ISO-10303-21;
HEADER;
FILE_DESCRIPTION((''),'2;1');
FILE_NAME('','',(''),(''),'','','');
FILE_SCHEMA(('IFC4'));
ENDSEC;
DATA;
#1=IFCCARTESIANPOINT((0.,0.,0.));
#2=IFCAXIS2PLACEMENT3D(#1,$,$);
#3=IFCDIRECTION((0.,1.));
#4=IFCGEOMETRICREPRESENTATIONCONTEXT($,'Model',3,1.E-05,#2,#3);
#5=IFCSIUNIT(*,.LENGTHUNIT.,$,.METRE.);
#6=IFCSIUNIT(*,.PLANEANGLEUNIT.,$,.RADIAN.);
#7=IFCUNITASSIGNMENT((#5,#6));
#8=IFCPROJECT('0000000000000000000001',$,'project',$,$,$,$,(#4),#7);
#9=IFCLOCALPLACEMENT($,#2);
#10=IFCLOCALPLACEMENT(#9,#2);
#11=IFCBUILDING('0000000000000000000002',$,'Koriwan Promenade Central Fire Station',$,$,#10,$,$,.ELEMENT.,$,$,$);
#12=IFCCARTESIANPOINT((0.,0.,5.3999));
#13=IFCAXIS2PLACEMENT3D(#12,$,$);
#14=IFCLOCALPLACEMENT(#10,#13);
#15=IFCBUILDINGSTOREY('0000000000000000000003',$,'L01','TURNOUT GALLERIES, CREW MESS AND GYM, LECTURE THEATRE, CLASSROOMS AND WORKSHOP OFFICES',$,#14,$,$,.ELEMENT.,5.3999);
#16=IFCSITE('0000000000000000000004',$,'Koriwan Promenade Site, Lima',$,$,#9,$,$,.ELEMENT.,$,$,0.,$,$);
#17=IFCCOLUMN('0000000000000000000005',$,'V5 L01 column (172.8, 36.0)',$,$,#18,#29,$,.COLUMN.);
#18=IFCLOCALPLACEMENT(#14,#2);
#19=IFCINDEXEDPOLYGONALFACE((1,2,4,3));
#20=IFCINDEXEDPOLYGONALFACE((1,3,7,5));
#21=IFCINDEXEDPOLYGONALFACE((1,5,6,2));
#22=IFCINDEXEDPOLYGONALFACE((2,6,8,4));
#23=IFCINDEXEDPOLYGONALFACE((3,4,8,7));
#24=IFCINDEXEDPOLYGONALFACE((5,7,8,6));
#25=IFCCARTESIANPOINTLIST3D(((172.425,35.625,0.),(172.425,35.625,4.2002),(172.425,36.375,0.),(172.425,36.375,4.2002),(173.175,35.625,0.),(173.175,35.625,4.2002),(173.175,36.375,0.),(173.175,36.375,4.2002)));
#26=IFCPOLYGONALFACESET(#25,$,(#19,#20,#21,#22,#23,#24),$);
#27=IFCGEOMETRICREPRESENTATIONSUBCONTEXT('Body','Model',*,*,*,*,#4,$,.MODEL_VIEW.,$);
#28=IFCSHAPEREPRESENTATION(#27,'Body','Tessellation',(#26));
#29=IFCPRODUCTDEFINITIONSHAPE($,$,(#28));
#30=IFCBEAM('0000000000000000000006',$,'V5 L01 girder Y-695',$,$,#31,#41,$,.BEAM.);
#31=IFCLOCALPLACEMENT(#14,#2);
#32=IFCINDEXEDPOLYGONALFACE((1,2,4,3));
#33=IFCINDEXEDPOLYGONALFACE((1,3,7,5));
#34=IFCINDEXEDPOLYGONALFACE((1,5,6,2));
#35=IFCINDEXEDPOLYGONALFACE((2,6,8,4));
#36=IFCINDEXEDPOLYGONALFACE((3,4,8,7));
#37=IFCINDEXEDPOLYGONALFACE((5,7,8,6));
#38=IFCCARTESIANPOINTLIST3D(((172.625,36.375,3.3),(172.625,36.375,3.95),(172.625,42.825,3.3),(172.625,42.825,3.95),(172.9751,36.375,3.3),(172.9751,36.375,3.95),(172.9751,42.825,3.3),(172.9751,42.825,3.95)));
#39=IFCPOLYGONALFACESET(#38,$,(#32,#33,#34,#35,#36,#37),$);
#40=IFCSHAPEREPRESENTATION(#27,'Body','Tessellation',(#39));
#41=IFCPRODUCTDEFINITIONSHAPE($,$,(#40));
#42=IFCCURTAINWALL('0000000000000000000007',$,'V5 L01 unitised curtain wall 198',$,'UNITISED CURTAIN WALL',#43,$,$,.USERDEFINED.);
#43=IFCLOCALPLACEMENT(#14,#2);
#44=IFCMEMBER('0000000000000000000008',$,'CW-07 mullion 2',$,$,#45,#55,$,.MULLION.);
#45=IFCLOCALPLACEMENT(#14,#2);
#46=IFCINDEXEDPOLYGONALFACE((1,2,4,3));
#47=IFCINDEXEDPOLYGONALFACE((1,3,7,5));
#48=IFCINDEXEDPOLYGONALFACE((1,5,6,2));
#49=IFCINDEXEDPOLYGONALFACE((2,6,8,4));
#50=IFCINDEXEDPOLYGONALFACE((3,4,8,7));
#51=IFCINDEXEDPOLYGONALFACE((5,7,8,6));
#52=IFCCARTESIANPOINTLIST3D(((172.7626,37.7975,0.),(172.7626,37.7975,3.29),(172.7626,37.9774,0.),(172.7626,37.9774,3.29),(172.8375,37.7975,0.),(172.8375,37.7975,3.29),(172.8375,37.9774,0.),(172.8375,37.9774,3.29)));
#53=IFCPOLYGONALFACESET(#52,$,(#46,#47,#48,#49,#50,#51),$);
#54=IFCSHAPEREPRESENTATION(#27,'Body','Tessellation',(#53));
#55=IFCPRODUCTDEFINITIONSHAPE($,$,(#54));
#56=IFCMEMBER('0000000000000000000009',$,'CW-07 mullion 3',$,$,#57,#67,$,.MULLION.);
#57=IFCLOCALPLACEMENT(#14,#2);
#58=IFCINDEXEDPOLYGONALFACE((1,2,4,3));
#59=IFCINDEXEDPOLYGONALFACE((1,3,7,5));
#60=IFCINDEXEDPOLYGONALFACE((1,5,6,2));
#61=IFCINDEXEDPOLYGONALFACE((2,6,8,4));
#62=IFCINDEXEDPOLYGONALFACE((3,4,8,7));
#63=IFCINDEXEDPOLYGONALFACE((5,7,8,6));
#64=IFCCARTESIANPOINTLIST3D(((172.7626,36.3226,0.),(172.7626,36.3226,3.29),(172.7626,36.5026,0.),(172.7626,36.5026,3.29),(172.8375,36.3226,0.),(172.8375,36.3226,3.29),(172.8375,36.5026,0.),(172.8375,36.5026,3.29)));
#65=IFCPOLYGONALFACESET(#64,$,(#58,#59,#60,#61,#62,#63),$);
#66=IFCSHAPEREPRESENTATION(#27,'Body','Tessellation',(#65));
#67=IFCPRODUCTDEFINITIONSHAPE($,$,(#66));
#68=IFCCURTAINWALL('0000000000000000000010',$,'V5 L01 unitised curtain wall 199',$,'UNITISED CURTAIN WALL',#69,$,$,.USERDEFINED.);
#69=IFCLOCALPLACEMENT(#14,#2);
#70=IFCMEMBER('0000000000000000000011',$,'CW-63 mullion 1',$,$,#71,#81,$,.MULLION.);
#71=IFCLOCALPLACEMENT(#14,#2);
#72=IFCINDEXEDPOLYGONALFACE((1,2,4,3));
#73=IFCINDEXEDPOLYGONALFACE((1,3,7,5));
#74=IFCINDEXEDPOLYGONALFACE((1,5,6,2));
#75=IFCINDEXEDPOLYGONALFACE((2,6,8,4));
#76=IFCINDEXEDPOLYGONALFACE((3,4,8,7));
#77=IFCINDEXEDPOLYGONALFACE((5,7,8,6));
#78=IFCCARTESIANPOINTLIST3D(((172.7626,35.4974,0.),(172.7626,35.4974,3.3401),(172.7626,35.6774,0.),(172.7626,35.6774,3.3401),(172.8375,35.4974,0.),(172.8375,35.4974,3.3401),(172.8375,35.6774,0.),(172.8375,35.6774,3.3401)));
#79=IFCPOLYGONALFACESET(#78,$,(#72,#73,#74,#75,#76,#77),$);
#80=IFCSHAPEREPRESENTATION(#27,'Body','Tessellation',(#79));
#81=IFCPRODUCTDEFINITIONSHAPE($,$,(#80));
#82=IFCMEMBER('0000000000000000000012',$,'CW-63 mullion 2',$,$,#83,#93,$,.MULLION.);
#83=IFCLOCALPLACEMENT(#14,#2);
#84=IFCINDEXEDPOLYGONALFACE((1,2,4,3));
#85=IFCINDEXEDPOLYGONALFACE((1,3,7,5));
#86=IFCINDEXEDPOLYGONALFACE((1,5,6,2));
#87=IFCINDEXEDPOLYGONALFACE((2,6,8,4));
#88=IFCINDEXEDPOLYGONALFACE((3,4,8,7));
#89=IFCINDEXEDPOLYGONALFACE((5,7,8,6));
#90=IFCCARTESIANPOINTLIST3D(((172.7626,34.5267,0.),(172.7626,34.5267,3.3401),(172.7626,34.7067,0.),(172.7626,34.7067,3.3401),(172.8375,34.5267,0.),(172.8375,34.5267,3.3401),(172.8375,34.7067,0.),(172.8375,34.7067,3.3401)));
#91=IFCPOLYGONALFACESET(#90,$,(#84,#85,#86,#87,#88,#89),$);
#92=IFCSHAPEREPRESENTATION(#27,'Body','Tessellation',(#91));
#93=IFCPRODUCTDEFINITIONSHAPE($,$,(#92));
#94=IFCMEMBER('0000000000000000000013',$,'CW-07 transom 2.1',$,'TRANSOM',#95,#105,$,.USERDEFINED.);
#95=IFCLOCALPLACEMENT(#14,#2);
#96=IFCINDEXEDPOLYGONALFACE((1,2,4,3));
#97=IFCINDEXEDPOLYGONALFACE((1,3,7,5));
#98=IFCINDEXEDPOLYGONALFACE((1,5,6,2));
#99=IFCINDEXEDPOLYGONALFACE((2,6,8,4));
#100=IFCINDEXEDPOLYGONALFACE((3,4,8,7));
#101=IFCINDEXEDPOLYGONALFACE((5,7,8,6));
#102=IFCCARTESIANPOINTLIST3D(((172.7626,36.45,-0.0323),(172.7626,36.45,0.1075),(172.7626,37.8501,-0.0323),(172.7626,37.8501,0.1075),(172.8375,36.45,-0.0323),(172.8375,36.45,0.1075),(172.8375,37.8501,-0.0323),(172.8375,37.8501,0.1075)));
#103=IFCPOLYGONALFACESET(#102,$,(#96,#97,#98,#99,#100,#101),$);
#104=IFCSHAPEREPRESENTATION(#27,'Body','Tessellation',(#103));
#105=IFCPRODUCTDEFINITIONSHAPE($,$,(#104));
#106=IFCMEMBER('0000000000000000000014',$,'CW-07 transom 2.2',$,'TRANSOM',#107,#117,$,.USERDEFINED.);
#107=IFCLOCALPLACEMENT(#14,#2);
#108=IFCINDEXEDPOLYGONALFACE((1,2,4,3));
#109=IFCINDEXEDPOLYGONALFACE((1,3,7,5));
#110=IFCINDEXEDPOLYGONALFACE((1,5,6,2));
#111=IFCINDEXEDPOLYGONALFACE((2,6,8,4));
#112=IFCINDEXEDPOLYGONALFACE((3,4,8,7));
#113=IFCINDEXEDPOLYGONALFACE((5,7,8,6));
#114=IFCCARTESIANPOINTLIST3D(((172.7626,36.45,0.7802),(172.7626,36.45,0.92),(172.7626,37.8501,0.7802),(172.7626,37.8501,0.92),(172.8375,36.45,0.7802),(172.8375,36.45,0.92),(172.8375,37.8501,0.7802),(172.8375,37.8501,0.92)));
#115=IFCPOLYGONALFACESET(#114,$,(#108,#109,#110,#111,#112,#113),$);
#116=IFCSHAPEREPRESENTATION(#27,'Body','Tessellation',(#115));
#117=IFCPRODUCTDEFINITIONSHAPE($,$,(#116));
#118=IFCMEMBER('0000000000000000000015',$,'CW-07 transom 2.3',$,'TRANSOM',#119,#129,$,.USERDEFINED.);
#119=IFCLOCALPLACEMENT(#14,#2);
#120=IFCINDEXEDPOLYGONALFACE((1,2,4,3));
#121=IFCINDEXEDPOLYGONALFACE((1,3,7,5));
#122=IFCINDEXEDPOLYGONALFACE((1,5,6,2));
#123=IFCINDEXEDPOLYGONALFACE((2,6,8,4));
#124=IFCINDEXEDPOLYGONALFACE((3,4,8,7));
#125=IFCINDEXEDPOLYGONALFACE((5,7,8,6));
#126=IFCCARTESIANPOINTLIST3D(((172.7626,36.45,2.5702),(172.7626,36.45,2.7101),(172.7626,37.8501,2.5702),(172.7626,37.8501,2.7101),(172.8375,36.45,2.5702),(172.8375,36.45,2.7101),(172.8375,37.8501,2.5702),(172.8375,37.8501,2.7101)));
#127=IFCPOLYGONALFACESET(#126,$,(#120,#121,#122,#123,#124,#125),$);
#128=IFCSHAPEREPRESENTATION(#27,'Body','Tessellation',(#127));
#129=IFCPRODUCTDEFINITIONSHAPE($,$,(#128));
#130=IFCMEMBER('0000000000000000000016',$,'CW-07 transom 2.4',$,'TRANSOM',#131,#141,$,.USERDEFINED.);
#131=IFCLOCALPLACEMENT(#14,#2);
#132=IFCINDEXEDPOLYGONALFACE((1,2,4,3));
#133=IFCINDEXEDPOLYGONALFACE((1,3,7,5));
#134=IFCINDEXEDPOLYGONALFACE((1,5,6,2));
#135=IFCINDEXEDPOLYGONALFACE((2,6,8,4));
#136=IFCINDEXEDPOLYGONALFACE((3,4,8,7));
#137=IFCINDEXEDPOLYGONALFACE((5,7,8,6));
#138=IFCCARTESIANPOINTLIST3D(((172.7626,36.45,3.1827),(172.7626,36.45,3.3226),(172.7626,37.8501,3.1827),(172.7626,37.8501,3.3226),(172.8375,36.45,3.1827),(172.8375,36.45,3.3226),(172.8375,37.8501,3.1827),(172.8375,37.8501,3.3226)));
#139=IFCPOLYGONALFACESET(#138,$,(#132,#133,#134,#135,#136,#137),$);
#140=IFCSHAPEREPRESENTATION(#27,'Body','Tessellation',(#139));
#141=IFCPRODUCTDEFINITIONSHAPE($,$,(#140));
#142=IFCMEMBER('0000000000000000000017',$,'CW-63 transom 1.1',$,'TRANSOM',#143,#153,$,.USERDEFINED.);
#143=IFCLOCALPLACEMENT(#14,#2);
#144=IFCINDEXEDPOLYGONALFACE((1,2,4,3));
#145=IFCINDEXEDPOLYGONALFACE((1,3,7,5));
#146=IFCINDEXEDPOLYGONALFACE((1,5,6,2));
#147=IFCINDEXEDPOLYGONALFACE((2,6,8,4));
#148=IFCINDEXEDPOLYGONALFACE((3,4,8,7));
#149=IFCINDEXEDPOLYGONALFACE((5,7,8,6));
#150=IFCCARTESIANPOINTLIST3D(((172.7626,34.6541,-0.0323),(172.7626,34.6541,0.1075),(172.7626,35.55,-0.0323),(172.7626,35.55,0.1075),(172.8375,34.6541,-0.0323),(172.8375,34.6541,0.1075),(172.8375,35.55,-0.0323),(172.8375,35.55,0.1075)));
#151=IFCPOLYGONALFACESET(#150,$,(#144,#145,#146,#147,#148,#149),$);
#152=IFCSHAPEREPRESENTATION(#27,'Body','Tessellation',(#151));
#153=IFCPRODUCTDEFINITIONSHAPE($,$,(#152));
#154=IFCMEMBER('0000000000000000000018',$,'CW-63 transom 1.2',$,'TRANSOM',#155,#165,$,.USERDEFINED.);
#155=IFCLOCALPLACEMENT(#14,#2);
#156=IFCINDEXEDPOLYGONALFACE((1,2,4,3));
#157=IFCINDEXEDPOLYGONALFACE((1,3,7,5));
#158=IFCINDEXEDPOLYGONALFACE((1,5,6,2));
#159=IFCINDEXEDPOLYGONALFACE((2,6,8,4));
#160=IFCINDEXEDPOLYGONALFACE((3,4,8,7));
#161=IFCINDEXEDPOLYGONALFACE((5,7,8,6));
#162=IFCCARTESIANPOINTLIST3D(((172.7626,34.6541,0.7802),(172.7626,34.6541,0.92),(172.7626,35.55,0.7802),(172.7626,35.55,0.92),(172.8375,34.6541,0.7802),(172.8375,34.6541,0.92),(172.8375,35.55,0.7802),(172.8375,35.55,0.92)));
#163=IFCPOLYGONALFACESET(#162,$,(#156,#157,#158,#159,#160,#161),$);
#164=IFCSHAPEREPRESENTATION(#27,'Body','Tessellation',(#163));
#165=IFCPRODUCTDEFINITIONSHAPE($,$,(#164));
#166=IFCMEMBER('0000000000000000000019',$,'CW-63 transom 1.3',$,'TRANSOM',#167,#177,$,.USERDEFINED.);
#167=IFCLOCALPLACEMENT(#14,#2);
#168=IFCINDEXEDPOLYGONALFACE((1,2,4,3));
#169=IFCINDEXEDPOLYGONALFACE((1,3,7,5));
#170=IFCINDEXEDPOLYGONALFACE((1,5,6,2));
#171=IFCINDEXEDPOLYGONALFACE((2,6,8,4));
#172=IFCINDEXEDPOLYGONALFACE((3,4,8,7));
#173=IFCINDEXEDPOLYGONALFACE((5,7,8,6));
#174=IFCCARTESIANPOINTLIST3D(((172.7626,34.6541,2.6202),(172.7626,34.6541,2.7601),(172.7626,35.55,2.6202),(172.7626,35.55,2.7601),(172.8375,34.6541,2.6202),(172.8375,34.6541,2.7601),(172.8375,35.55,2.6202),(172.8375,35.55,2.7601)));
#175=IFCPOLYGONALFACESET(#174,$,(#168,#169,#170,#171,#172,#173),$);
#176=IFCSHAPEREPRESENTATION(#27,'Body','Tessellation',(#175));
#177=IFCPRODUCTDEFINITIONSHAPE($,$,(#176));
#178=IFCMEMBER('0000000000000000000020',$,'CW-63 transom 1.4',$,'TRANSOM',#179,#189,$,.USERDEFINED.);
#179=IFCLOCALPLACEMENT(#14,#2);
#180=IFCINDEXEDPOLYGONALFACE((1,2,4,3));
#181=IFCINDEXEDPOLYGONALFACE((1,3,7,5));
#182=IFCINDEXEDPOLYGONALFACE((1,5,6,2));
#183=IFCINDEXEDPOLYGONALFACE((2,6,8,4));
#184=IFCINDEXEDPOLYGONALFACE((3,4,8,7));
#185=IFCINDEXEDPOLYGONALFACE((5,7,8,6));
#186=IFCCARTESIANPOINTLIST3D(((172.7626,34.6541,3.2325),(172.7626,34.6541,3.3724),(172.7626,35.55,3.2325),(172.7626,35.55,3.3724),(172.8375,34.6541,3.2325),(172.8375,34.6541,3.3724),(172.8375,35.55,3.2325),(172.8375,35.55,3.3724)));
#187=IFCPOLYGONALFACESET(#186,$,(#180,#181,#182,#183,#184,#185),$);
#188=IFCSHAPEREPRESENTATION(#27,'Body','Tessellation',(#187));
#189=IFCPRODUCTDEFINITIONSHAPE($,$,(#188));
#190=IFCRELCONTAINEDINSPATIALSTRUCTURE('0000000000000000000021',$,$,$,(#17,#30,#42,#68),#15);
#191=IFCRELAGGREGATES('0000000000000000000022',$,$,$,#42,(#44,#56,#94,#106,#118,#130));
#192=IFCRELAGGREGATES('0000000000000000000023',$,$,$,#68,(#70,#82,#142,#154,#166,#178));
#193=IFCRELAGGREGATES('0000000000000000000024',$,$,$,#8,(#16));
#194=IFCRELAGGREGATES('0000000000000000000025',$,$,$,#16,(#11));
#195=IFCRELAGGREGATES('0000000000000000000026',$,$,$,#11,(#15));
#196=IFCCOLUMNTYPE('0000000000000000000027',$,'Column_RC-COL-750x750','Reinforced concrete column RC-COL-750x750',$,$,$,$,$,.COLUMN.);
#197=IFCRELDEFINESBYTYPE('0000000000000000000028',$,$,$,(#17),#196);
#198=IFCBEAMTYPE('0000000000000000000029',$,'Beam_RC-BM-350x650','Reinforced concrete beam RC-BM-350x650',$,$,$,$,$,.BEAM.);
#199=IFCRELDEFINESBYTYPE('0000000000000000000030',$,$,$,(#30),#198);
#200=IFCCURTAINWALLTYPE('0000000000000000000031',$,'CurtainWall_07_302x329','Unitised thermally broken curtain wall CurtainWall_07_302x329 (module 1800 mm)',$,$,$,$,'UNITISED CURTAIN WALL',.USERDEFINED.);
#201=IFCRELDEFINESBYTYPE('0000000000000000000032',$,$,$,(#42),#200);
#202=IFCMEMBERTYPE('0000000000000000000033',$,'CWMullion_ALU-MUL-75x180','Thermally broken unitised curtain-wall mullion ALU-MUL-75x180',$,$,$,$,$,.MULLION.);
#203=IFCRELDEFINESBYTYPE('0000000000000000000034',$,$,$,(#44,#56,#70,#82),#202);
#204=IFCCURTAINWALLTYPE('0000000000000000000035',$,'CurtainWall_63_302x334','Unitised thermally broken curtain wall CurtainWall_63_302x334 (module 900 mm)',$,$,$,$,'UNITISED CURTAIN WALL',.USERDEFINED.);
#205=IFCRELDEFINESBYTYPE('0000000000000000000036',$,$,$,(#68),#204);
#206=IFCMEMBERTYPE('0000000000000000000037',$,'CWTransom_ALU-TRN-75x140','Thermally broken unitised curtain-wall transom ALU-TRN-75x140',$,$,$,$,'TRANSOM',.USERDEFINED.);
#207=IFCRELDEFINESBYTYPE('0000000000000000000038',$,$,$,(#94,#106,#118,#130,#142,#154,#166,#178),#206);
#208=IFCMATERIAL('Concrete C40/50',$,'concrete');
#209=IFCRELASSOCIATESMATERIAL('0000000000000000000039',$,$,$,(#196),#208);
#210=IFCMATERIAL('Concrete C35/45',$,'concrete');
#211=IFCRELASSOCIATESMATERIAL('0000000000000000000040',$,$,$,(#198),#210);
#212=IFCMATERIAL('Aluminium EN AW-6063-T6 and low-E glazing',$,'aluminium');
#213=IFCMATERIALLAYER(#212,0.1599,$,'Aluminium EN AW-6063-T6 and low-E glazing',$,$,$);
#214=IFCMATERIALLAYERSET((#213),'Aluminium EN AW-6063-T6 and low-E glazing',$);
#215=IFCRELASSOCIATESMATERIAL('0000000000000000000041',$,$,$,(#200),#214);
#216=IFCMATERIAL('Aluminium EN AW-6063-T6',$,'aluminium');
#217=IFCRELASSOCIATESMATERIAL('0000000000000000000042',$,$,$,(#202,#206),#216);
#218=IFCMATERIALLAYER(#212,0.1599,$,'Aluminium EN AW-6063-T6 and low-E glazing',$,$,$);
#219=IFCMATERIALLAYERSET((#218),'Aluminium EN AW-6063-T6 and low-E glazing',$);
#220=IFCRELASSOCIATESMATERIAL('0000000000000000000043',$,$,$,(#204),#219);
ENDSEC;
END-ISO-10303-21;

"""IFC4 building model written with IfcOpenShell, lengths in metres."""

from ifc_helpers import new_model, si_unit, direction, frame, origin, origin_2d, place, context, subcontext, project, spatial, rectangle, extrude, material, layer, layer_set, material_profile, profile_set, type_object, element, aggregate, save


model = new_model("IFC4")

# Units and contexts
model_context = context("Model", 3, precision=1e-05, world=origin(), true_north=direction((0.0, 1.0)))
body_context = subcontext(model_context, "Body", "Model", "MODEL_VIEW")
ifc_project = project(units=[si_unit("LENGTHUNIT", "METRE"), si_unit("PLANEANGLEUNIT", "RADIAN")], contexts=[model_context])

# Site, building, storey
site_placement = place(None, origin())
site = spatial("IfcSite", under=ifc_project, at=site_placement, Name="Koriwan Promenade Site, Lima", CompositionType="ELEMENT", RefElevation=0.0)
building_placement = place(site_placement, origin())
building = spatial("IfcBuilding", under=site, at=building_placement, Name="Koriwan Promenade Central Fire Station", CompositionType="ELEMENT")
storey_placement = place(building_placement, frame((0.0, 0.0, 5.3999)))
storey = spatial("IfcBuildingStorey", under=building, at=storey_placement, Name="L01", Description="TURNOUT GALLERIES, CREW MESS AND GYM, LECTURE THEATRE, CLASSROOMS AND WORKSHOP OFFICES", CompositionType="ELEMENT", Elevation=5.3999)

# Column
ifc_material_1 = material(Name="Concrete C40/50", Category="concrete")
ifc_material_profile_1 = material_profile(ifc_material_1, rectangle(XDim=0.75, YDim=0.75, at=origin_2d()), Name="RC-COL-750x750")
ifc_profile_set_1 = profile_set([ifc_material_profile_1], Name="Concrete C40/50")
column_type = type_object("IfcColumnType", Name="Column_RC-COL-750x750", Description="Reinforced concrete column RC-COL-750x750", PredefinedType="COLUMN", material=ifc_profile_set_1)
column_placement = place(storey_placement, frame((172.8, 36.0, 0.0), z_axis=(0.0, 0.0, 1.0), x_axis=(1.0, 0.0, 0.0)))
element("IfcColumn", 1, at=column_placement, inside=storey, type_object=column_type, Name="V5 L01 column (172.8, 36.0)", PredefinedType="COLUMN", context=body_context, shape_type="SweptSolid", body=[
    extrude(rectangle(XDim=0.75, YDim=0.75, at=origin_2d()), origin(), (0.0, 0.0, 1.0), 4.2002),
])

# Beam
ifc_material_2 = material(Name="Concrete C35/45", Category="concrete")
ifc_material_profile_2 = material_profile(ifc_material_2, rectangle(XDim=0.3501, YDim=0.6499, at=origin_2d()), Name="RC-BM-350x650")
ifc_profile_set_2 = profile_set([ifc_material_profile_2], Name="Concrete C35/45")
beam_type = type_object("IfcBeamType", Name="Beam_RC-BM-350x650", Description="Reinforced concrete beam RC-BM-350x650", PredefinedType="BEAM", material=ifc_profile_set_2)
beam_placement = place(storey_placement, frame((172.8, 36.375, 3.625), z_axis=(0.0, 1.0, 0.0), x_axis=(-1.0, 0.0, 0.0)))
element("IfcBeam", 2, at=beam_placement, inside=storey, type_object=beam_type, Name="V5 L01 girder Y-695", PredefinedType="BEAM", context=body_context, shape_type="SweptSolid", body=[
    extrude(rectangle(XDim=0.3501, YDim=0.6499, at=origin_2d()), origin(), (0.0, 0.0, 1.0), 6.45),
])

# Curtain walls, members
ifc_material_3 = material(Name="Aluminium EN AW-6063-T6 and low-E glazing", Category="aluminium")
ifc_layer_1 = layer(ifc_material_3, 0.1599, Name="Aluminium EN AW-6063-T6 and low-E glazing")
ifc_layer_set_1 = layer_set([ifc_layer_1], Name="Aluminium EN AW-6063-T6 and low-E glazing")
curtain_wall_type_1 = type_object("IfcCurtainWallType", Name="CurtainWall_07_302x329", Description="Unitised thermally broken curtain wall CurtainWall_07_302x329 (module 1800 mm)", ElementType="UNITISED CURTAIN WALL", PredefinedType="USERDEFINED", material=ifc_layer_set_1)
curtain_wall_1_placement = place(storey_placement, origin())
curtain_wall_1 = element("IfcCurtainWall", 3, at=curtain_wall_1_placement, inside=storey, type_object=curtain_wall_type_1, Name="V5 L01 unitised curtain wall 198", ObjectType="UNITISED CURTAIN WALL", PredefinedType="USERDEFINED")
ifc_material_4 = material(Name="Aluminium EN AW-6063-T6", Category="aluminium")
ifc_material_profile_3 = material_profile(ifc_material_4, rectangle(XDim=0.075, YDim=0.1799, at=origin_2d()), Name="ALU-MUL-75x180")
ifc_profile_set_3 = profile_set([ifc_material_profile_3], Name="Aluminium EN AW-6063-T6")
member_type_1 = type_object("IfcMemberType", Name="CWMullion_ALU-MUL-75x180", Description="Thermally broken unitised curtain-wall mullion ALU-MUL-75x180", PredefinedType="MULLION", material=ifc_profile_set_3)
member_1_placement = place(storey_placement, frame((172.8, 37.8875, 0.0), z_axis=(0.0, 0.0, 1.0), x_axis=(1.0, 0.0, 0.0)))
member_1 = element("IfcMember", 4, at=member_1_placement, type_object=member_type_1, Name="CW-07 mullion 2", PredefinedType="MULLION", context=body_context, shape_type="SweptSolid", body=[
    extrude(rectangle(XDim=0.075, YDim=0.1799, at=origin_2d()), origin(), (0.0, 0.0, 1.0), 3.29),
])
member_2_placement = place(storey_placement, frame((172.8, 36.4126, 0.0), z_axis=(0.0, 0.0, 1.0), x_axis=(1.0, 0.0, 0.0)))
member_2 = element("IfcMember", 5, at=member_2_placement, type_object=member_type_1, Name="CW-07 mullion 3", PredefinedType="MULLION", context=body_context, shape_type="SweptSolid", body=[
    extrude(rectangle(XDim=0.075, YDim=0.1799, at=origin_2d()), origin(), (0.0, 0.0, 1.0), 3.29),
])
ifc_layer_2 = layer(ifc_material_3, 0.1599, Name="Aluminium EN AW-6063-T6 and low-E glazing")
ifc_layer_set_2 = layer_set([ifc_layer_2], Name="Aluminium EN AW-6063-T6 and low-E glazing")
curtain_wall_type_2 = type_object("IfcCurtainWallType", Name="CurtainWall_63_302x334", Description="Unitised thermally broken curtain wall CurtainWall_63_302x334 (module 900 mm)", ElementType="UNITISED CURTAIN WALL", PredefinedType="USERDEFINED", material=ifc_layer_set_2)
curtain_wall_2_placement = place(storey_placement, origin())
curtain_wall_2 = element("IfcCurtainWall", 6, at=curtain_wall_2_placement, inside=storey, type_object=curtain_wall_type_2, Name="V5 L01 unitised curtain wall 199", ObjectType="UNITISED CURTAIN WALL", PredefinedType="USERDEFINED")
member_3_placement = place(storey_placement, frame((172.8, 35.5874, 0.0), z_axis=(0.0, 0.0, 1.0), x_axis=(1.0, 0.0, 0.0)))
member_3 = element("IfcMember", 7, at=member_3_placement, type_object=member_type_1, Name="CW-63 mullion 1", PredefinedType="MULLION", context=body_context, shape_type="SweptSolid", body=[
    extrude(rectangle(XDim=0.075, YDim=0.1799, at=origin_2d()), origin(), (0.0, 0.0, 1.0), 3.3401),
])
member_4_placement = place(storey_placement, frame((172.8, 34.6167, 0.0), z_axis=(0.0, 0.0, 1.0), x_axis=(1.0, 0.0, 0.0)))
member_4 = element("IfcMember", 8, at=member_4_placement, type_object=member_type_1, Name="CW-63 mullion 2", PredefinedType="MULLION", context=body_context, shape_type="SweptSolid", body=[
    extrude(rectangle(XDim=0.075, YDim=0.1799, at=origin_2d()), origin(), (0.0, 0.0, 1.0), 3.3401),
])

# Members
ifc_material_profile_4 = material_profile(ifc_material_4, rectangle(XDim=0.075, YDim=0.1399, at=origin_2d()), Name="ALU-TRN-75x140")
ifc_profile_set_4 = profile_set([ifc_material_profile_4], Name="Aluminium EN AW-6063-T6")
member_type_2 = type_object("IfcMemberType", Name="CWTransom_ALU-TRN-75x140", Description="Thermally broken unitised curtain-wall transom ALU-TRN-75x140", ElementType="TRANSOM", PredefinedType="USERDEFINED", material=ifc_profile_set_4)
member_5_placement = place(storey_placement, frame((172.8, 37.8501, 0.0376), z_axis=(0.0, -1.0, 0.0), x_axis=(1.0, 0.0, 0.0)))
member_5 = element("IfcMember", 9, at=member_5_placement, type_object=member_type_2, Name="CW-07 transom 2.1", ObjectType="TRANSOM", PredefinedType="USERDEFINED", context=body_context, shape_type="SweptSolid", body=[
    extrude(rectangle(XDim=0.075, YDim=0.1399, at=origin_2d()), origin(), (0.0, 0.0, 1.0), 1.4001),
])
member_6_placement = place(storey_placement, frame((172.8, 37.8501, 0.8501), z_axis=(0.0, -1.0, 0.0), x_axis=(1.0, 0.0, 0.0)))
member_6 = element("IfcMember", 10, at=member_6_placement, type_object=member_type_2, Name="CW-07 transom 2.2", ObjectType="TRANSOM", PredefinedType="USERDEFINED", context=body_context, shape_type="SweptSolid", body=[
    extrude(rectangle(XDim=0.075, YDim=0.1399, at=origin_2d()), origin(), (0.0, 0.0, 1.0), 1.4001),
])
member_7_placement = place(storey_placement, frame((172.8, 37.8501, 2.6401), z_axis=(0.0, -1.0, 0.0), x_axis=(1.0, 0.0, 0.0)))
member_7 = element("IfcMember", 11, at=member_7_placement, type_object=member_type_2, Name="CW-07 transom 2.3", ObjectType="TRANSOM", PredefinedType="USERDEFINED", context=body_context, shape_type="SweptSolid", body=[
    extrude(rectangle(XDim=0.075, YDim=0.1399, at=origin_2d()), origin(), (0.0, 0.0, 1.0), 1.4001),
])
member_8_placement = place(storey_placement, frame((172.8, 37.8501, 3.2527), z_axis=(0.0, -1.0, 0.0), x_axis=(1.0, 0.0, 0.0)))
member_8 = element("IfcMember", 12, at=member_8_placement, type_object=member_type_2, Name="CW-07 transom 2.4", ObjectType="TRANSOM", PredefinedType="USERDEFINED", context=body_context, shape_type="SweptSolid", body=[
    extrude(rectangle(XDim=0.075, YDim=0.1399, at=origin_2d()), origin(), (0.0, 0.0, 1.0), 1.4001),
])
member_9_placement = place(storey_placement, frame((172.8, 35.55, 0.0376), z_axis=(0.0, -1.0, 0.0), x_axis=(1.0, 0.0, 0.0)))
member_9 = element("IfcMember", 13, at=member_9_placement, type_object=member_type_2, Name="CW-63 transom 1.1", ObjectType="TRANSOM", PredefinedType="USERDEFINED", context=body_context, shape_type="SweptSolid", body=[
    extrude(rectangle(XDim=0.075, YDim=0.1399, at=origin_2d()), origin(), (0.0, 0.0, 1.0), 0.896),
])
member_10_placement = place(storey_placement, frame((172.8, 35.55, 0.8501), z_axis=(0.0, -1.0, 0.0), x_axis=(1.0, 0.0, 0.0)))
member_10 = element("IfcMember", 14, at=member_10_placement, type_object=member_type_2, Name="CW-63 transom 1.2", ObjectType="TRANSOM", PredefinedType="USERDEFINED", context=body_context, shape_type="SweptSolid", body=[
    extrude(rectangle(XDim=0.075, YDim=0.1399, at=origin_2d()), origin(), (0.0, 0.0, 1.0), 0.896),
])
member_11_placement = place(storey_placement, frame((172.8, 35.55, 2.6902), z_axis=(0.0, -1.0, 0.0), x_axis=(1.0, 0.0, 0.0)))
member_11 = element("IfcMember", 15, at=member_11_placement, type_object=member_type_2, Name="CW-63 transom 1.3", ObjectType="TRANSOM", PredefinedType="USERDEFINED", context=body_context, shape_type="SweptSolid", body=[
    extrude(rectangle(XDim=0.075, YDim=0.1399, at=origin_2d()), origin(), (0.0, 0.0, 1.0), 0.896),
])
member_12_placement = place(storey_placement, frame((172.8, 35.55, 3.3025), z_axis=(0.0, -1.0, 0.0), x_axis=(1.0, 0.0, 0.0)))
member_12 = element("IfcMember", 16, at=member_12_placement, type_object=member_type_2, Name="CW-63 transom 1.4", ObjectType="TRANSOM", PredefinedType="USERDEFINED", context=body_context, shape_type="SweptSolid", body=[
    extrude(rectangle(XDim=0.075, YDim=0.1399, at=origin_2d()), origin(), (0.0, 0.0, 1.0), 0.896),
])

aggregate(curtain_wall_1, [member_1, member_2, member_5, member_6, member_7, member_8])
aggregate(curtain_wall_2, [member_3, member_4, member_9, member_10, member_11, member_12])

save(model, "model.ifc")
